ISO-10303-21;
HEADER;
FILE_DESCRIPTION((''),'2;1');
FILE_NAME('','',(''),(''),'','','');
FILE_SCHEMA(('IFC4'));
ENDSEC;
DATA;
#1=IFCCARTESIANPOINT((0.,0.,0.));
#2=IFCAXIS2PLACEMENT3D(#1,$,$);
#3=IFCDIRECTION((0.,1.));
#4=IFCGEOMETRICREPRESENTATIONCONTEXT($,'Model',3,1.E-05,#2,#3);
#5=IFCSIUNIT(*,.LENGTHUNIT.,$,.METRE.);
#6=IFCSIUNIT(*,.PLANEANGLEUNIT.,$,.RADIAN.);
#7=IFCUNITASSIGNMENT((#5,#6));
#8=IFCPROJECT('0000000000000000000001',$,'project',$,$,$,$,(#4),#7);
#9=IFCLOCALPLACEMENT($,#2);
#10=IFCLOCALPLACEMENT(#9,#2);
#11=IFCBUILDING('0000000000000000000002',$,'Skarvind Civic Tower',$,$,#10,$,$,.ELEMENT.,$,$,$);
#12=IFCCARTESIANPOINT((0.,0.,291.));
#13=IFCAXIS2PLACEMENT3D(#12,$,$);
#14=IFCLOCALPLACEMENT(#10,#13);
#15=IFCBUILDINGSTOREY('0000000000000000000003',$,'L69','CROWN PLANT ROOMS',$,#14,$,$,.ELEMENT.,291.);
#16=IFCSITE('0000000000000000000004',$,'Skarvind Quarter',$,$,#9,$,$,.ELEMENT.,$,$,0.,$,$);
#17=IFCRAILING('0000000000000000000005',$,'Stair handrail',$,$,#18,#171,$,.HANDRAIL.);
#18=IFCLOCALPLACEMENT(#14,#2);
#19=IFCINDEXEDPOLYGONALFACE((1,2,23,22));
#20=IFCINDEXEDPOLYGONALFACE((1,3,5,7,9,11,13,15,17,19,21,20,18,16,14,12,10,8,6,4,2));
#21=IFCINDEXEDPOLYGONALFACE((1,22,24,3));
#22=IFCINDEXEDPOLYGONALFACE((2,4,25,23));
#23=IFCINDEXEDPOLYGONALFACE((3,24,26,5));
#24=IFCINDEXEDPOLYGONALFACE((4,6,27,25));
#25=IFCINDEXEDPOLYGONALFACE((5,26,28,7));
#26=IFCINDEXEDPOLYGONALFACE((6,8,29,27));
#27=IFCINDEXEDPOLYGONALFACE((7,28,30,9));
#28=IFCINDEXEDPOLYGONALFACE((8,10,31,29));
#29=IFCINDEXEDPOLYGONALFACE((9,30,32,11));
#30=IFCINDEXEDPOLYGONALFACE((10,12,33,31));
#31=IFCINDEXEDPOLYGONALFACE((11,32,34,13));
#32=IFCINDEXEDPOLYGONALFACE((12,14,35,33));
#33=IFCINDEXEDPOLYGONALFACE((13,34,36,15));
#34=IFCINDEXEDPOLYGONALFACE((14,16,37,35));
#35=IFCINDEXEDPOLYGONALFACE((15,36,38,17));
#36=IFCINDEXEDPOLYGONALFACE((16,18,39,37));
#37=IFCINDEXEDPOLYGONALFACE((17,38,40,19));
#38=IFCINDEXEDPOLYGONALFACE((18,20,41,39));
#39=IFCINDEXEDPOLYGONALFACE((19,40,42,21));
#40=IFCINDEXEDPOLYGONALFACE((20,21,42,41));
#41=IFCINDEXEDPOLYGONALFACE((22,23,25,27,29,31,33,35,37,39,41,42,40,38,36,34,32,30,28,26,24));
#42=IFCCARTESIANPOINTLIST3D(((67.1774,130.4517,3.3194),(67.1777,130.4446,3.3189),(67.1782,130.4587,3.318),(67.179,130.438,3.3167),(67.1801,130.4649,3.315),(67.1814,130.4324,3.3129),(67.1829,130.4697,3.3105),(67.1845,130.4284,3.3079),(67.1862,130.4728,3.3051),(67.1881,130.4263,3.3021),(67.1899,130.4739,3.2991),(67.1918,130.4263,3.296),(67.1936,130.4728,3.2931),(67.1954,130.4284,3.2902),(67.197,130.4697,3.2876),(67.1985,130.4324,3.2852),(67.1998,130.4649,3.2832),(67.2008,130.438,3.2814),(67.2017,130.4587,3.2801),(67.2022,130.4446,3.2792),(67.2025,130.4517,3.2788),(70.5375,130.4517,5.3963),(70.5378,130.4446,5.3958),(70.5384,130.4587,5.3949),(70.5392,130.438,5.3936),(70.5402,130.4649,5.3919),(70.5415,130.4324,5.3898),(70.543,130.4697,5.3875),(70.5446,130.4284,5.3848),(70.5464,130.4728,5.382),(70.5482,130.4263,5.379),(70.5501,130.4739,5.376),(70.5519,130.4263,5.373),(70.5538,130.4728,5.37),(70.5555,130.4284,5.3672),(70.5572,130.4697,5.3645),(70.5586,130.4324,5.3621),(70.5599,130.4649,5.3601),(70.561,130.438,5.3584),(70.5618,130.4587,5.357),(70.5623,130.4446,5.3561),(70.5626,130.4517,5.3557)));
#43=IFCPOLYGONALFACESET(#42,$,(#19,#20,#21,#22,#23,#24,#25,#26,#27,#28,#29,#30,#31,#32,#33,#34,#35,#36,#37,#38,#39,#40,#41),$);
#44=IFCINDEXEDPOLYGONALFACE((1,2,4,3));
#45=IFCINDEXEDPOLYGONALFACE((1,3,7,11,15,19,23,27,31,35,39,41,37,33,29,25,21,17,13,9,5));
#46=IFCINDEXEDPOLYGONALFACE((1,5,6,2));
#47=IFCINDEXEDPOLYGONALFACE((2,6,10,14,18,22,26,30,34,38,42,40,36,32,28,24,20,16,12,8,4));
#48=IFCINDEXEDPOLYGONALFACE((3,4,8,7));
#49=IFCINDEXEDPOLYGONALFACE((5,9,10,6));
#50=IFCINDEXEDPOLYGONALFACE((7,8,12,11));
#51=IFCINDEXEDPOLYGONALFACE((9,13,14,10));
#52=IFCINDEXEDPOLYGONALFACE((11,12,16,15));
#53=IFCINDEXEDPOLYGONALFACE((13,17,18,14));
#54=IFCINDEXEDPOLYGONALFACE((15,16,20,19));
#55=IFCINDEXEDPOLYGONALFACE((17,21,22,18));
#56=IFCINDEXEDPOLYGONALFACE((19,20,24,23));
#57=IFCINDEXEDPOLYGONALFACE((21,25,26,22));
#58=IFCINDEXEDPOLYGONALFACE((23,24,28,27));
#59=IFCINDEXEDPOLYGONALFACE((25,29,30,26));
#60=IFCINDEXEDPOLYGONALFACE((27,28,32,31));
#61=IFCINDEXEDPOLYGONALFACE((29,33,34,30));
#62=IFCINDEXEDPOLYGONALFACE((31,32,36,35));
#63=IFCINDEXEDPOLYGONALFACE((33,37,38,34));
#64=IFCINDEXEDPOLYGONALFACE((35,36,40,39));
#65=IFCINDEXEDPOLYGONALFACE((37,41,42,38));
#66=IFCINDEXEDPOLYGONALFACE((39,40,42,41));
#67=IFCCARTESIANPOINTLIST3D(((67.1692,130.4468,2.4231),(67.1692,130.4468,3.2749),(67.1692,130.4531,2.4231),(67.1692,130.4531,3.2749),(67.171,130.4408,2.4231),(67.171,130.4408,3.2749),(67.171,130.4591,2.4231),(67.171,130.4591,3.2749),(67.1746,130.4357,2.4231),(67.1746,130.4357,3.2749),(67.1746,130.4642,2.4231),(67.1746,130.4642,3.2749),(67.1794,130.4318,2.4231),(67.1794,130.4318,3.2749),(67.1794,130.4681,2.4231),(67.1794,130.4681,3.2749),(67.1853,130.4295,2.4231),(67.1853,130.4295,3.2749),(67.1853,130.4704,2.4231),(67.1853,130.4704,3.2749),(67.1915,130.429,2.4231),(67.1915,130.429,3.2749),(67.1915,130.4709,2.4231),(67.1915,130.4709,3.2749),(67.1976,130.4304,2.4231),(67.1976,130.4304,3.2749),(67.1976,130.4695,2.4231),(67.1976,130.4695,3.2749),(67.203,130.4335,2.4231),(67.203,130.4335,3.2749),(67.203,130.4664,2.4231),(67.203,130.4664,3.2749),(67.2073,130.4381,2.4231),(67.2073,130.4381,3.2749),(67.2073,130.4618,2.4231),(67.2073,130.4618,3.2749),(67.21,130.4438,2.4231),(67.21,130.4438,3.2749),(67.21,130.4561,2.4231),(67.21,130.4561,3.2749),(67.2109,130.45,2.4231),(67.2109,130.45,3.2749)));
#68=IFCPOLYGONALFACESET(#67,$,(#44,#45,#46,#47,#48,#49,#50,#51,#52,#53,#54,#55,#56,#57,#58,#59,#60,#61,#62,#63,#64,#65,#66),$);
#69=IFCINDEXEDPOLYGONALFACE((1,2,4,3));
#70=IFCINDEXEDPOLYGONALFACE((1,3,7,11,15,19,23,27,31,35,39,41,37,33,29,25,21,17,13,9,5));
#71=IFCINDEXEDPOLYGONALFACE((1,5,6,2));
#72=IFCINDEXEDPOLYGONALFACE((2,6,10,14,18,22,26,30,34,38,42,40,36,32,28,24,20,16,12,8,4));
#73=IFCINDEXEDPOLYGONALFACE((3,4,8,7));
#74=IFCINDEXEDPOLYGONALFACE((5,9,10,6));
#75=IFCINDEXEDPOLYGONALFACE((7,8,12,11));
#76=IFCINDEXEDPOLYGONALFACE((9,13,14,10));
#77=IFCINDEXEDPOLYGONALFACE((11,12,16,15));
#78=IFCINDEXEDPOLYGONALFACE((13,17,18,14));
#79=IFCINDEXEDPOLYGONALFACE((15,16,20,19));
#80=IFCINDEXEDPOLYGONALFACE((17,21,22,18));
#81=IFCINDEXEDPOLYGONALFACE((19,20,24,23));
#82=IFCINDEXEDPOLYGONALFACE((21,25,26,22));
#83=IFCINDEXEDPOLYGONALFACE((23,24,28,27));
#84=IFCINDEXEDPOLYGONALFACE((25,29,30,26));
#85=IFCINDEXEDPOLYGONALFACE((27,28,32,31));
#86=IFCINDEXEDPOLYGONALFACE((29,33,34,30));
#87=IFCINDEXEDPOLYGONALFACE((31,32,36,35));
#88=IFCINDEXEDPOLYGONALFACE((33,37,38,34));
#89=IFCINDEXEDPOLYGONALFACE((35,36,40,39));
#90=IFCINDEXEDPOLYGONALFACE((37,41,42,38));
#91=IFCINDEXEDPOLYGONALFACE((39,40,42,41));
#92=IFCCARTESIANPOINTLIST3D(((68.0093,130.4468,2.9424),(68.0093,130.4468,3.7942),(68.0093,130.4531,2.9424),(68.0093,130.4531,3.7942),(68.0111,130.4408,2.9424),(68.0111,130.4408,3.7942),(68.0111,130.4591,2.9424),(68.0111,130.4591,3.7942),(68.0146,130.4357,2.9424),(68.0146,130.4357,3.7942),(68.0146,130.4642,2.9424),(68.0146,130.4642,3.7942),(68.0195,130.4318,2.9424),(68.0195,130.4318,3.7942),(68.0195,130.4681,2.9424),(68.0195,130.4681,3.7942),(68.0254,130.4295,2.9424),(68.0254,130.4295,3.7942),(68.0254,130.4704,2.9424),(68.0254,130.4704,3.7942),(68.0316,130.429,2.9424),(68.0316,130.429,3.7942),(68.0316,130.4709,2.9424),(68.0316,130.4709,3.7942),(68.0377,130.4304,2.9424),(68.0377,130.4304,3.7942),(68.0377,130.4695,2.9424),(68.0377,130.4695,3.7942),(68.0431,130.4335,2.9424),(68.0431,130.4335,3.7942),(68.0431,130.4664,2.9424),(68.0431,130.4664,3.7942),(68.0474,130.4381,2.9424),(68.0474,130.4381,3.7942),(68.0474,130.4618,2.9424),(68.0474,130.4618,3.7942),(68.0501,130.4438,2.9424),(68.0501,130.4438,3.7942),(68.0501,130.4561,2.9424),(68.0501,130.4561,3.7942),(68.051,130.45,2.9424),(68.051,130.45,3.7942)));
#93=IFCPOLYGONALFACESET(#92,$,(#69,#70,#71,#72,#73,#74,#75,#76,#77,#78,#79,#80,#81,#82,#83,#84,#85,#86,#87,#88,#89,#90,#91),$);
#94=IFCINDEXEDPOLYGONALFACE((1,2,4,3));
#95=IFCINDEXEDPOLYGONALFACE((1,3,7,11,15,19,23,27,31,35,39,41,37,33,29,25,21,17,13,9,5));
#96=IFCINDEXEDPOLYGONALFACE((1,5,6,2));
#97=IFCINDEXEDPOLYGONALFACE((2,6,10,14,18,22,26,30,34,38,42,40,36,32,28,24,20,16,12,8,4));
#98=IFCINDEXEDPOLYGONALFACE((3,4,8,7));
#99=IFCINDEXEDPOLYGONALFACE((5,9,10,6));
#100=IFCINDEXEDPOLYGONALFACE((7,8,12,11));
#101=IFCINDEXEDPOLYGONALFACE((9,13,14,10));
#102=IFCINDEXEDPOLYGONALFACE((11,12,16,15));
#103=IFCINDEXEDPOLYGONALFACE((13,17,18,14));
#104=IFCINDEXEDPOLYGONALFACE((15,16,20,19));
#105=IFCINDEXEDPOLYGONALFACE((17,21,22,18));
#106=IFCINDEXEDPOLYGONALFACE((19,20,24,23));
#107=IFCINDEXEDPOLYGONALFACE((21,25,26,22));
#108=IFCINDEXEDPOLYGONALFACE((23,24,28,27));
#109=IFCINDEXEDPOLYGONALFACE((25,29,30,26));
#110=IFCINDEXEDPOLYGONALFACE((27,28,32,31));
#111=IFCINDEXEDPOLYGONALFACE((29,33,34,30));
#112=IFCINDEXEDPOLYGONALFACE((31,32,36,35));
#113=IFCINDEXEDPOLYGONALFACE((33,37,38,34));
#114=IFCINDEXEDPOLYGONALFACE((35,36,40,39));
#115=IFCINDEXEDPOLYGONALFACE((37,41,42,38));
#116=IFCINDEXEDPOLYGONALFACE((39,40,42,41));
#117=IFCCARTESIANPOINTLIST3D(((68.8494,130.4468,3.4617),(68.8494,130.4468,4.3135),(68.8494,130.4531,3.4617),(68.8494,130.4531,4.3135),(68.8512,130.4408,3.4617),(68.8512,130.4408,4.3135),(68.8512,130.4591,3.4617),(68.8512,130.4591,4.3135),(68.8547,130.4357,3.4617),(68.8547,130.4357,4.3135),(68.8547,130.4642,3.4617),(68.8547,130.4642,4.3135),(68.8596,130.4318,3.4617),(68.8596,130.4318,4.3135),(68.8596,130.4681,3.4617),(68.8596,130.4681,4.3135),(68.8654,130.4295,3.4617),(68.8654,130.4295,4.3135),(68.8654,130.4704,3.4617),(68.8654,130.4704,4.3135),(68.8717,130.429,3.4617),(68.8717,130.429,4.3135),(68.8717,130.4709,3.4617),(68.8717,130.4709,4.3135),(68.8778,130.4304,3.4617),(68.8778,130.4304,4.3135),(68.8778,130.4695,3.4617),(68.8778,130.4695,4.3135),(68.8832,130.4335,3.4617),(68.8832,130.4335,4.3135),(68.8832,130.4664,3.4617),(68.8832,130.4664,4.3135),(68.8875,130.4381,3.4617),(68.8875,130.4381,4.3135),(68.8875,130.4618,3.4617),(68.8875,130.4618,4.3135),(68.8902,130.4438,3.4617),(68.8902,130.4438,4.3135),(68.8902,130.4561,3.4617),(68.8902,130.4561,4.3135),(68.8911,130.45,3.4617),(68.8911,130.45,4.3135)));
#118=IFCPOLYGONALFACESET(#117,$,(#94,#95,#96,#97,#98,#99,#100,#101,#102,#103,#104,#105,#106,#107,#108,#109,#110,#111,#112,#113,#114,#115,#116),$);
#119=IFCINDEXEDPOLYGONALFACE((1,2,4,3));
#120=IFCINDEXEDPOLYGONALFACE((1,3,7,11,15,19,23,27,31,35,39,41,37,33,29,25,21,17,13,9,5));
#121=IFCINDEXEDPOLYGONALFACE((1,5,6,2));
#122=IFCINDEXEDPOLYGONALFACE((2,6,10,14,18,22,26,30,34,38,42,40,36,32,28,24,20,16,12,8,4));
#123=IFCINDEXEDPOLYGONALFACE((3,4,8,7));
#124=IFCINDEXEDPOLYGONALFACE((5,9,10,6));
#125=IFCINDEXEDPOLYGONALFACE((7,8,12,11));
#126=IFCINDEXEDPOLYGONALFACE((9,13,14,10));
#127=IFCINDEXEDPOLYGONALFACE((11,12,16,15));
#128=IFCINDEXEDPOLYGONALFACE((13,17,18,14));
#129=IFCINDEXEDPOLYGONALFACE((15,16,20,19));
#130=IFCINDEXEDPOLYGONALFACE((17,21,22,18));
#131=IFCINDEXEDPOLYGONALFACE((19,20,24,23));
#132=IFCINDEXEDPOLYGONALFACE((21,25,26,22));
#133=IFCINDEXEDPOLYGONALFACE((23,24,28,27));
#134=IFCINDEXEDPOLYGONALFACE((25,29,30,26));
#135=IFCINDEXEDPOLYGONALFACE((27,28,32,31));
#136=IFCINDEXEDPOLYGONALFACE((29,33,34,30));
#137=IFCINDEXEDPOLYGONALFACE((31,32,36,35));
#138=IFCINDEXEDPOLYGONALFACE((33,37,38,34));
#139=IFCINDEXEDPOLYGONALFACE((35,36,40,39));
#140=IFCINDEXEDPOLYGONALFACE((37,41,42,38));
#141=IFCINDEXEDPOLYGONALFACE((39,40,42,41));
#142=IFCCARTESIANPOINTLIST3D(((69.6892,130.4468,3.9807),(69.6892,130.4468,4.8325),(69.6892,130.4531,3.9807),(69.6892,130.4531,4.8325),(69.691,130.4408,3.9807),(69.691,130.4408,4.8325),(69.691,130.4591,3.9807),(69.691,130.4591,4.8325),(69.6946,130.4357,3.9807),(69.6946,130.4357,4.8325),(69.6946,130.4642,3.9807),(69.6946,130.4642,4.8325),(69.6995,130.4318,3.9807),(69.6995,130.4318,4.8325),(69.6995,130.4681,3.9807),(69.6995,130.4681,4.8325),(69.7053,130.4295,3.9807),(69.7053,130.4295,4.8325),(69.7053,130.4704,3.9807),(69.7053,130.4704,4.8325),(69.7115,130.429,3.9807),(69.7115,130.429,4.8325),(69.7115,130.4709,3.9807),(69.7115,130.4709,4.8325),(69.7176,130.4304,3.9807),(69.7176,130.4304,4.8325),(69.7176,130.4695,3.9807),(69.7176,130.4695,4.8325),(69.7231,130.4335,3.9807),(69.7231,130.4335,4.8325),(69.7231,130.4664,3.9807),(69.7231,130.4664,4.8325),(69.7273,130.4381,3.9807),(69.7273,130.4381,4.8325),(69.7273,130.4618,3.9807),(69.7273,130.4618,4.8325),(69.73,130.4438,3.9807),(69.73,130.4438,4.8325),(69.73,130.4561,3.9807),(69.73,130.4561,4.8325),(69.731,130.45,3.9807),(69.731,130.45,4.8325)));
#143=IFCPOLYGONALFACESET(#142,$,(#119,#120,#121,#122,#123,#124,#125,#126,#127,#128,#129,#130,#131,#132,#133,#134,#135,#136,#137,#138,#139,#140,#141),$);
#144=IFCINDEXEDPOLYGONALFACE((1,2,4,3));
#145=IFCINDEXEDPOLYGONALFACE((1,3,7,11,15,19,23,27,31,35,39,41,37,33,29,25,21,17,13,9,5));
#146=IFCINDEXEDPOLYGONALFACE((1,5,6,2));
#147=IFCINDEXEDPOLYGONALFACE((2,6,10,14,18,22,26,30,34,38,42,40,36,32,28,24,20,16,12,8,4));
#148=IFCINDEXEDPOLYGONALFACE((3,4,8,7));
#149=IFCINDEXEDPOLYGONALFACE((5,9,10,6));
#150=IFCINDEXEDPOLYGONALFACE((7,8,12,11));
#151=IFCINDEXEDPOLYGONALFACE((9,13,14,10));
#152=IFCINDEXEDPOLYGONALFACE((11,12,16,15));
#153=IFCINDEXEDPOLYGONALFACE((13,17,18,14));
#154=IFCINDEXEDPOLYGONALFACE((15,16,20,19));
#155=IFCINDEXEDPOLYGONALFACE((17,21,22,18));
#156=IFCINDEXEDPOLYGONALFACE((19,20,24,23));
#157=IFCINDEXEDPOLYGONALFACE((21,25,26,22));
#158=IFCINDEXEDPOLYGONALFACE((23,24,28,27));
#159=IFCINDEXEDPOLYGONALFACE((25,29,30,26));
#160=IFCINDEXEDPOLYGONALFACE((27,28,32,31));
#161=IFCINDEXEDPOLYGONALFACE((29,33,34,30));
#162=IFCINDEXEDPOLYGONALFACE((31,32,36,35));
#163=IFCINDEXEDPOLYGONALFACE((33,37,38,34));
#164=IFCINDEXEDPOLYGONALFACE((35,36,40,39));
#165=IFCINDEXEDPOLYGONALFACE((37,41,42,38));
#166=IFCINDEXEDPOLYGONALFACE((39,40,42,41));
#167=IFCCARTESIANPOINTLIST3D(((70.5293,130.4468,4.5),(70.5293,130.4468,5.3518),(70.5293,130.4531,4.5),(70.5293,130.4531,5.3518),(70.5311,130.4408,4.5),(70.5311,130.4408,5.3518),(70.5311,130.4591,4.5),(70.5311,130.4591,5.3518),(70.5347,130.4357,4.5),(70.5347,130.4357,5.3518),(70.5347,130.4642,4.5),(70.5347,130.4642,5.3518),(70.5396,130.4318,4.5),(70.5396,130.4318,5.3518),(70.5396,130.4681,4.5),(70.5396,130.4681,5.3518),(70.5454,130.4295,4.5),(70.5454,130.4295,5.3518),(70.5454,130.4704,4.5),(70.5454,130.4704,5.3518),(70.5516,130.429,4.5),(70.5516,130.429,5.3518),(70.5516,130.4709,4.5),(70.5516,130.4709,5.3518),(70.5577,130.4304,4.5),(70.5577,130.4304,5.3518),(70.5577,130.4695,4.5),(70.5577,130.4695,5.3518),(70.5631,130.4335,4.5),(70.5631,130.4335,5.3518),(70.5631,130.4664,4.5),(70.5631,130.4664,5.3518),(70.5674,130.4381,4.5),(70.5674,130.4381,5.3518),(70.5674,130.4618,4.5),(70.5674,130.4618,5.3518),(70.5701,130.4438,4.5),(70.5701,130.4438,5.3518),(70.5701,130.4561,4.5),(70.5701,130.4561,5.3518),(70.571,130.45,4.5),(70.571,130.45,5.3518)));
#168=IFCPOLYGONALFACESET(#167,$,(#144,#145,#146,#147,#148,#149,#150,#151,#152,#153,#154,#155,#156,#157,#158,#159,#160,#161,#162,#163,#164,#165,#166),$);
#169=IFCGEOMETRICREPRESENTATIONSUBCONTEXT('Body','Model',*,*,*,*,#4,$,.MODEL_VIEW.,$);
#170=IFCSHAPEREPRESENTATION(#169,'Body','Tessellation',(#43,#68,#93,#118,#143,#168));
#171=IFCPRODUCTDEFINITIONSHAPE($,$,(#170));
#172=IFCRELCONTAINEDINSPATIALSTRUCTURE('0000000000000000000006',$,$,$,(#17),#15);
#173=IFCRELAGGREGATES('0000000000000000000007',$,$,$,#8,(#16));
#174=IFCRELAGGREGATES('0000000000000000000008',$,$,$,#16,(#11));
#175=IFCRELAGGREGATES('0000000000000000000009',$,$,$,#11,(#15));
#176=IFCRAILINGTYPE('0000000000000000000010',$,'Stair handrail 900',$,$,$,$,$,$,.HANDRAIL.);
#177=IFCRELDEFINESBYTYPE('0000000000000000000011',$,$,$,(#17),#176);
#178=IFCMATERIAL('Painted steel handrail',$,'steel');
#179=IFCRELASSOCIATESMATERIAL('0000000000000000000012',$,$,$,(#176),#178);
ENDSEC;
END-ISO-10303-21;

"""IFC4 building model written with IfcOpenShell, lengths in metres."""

from ifc_helpers import new_model, si_unit, direction, frame, origin, origin_2d, place, context, subcontext, project, spatial, circle, extrude, material, type_object, element, save


model = new_model("IFC4")

# Units and contexts
model_context = context("Model", 3, precision=1e-05, world=origin(), true_north=direction((0.0, 1.0)))
body_context = subcontext(model_context, "Body", "Model", "MODEL_VIEW")
ifc_project = project(units=[si_unit("LENGTHUNIT", "METRE"), si_unit("PLANEANGLEUNIT", "RADIAN")], contexts=[model_context])

# Site, building, storey
site_placement = place(None, origin())
site = spatial("IfcSite", under=ifc_project, at=site_placement, Name="Skarvind Quarter", CompositionType="ELEMENT", RefElevation=0.0)
building_placement = place(site_placement, origin())
building = spatial("IfcBuilding", under=site, at=building_placement, Name="Skarvind Civic Tower", CompositionType="ELEMENT")
storey_placement = place(building_placement, frame((0.0, 0.0, 291.0)))
storey = spatial("IfcBuildingStorey", under=building, at=storey_placement, Name="L69", Description="CROWN PLANT ROOMS", CompositionType="ELEMENT", Elevation=291.0)

# Railing
ifc_material_1 = material(Name="Painted steel handrail", Category="steel")
railing_type = type_object("IfcRailingType", Name="Stair handrail 900", PredefinedType="HANDRAIL", material=ifc_material_1)
railing_1_placement = place(storey_placement, frame((67.1899, 130.45, 2.4231)))
element("IfcRailing", 1, at=railing_1_placement, inside=storey, type_object=railing_type, Name="Stair handrail", PredefinedType="HANDRAIL", context=body_context, shape_type="SweptSolid", body=[
    extrude(circle(Radius=0.0239, at=origin_2d()), frame((0.0, 0.0, 0.876), z_axis=(0.850623, 0.0, 0.525776), x_axis=(0.0, 1.0, 0.0)), (0.0, 0.0, 1.0), 3.9502),
    extrude(circle(Radius=0.021, at=origin_2d()), origin(), (0.0, 0.0, 1.0), 0.8518),
    extrude(circle(Radius=0.021, at=origin_2d()), frame((0.8401, 0.0, 0.5193)), (0.0, 0.0, 1.0), 0.8518),
    extrude(circle(Radius=0.021, at=origin_2d()), frame((1.6802, 0.0, 1.0386)), (0.0, 0.0, 1.0), 0.8518),
    extrude(circle(Radius=0.021, at=origin_2d()), frame((2.52, 0.0, 1.5576)), (0.0, 0.0, 1.0), 0.8518),
    extrude(circle(Radius=0.021, at=origin_2d()), frame((3.3601, 0.0, 2.0769)), (0.0, 0.0, 1.0), 0.8518),
])

save(model, "model.ifc")
